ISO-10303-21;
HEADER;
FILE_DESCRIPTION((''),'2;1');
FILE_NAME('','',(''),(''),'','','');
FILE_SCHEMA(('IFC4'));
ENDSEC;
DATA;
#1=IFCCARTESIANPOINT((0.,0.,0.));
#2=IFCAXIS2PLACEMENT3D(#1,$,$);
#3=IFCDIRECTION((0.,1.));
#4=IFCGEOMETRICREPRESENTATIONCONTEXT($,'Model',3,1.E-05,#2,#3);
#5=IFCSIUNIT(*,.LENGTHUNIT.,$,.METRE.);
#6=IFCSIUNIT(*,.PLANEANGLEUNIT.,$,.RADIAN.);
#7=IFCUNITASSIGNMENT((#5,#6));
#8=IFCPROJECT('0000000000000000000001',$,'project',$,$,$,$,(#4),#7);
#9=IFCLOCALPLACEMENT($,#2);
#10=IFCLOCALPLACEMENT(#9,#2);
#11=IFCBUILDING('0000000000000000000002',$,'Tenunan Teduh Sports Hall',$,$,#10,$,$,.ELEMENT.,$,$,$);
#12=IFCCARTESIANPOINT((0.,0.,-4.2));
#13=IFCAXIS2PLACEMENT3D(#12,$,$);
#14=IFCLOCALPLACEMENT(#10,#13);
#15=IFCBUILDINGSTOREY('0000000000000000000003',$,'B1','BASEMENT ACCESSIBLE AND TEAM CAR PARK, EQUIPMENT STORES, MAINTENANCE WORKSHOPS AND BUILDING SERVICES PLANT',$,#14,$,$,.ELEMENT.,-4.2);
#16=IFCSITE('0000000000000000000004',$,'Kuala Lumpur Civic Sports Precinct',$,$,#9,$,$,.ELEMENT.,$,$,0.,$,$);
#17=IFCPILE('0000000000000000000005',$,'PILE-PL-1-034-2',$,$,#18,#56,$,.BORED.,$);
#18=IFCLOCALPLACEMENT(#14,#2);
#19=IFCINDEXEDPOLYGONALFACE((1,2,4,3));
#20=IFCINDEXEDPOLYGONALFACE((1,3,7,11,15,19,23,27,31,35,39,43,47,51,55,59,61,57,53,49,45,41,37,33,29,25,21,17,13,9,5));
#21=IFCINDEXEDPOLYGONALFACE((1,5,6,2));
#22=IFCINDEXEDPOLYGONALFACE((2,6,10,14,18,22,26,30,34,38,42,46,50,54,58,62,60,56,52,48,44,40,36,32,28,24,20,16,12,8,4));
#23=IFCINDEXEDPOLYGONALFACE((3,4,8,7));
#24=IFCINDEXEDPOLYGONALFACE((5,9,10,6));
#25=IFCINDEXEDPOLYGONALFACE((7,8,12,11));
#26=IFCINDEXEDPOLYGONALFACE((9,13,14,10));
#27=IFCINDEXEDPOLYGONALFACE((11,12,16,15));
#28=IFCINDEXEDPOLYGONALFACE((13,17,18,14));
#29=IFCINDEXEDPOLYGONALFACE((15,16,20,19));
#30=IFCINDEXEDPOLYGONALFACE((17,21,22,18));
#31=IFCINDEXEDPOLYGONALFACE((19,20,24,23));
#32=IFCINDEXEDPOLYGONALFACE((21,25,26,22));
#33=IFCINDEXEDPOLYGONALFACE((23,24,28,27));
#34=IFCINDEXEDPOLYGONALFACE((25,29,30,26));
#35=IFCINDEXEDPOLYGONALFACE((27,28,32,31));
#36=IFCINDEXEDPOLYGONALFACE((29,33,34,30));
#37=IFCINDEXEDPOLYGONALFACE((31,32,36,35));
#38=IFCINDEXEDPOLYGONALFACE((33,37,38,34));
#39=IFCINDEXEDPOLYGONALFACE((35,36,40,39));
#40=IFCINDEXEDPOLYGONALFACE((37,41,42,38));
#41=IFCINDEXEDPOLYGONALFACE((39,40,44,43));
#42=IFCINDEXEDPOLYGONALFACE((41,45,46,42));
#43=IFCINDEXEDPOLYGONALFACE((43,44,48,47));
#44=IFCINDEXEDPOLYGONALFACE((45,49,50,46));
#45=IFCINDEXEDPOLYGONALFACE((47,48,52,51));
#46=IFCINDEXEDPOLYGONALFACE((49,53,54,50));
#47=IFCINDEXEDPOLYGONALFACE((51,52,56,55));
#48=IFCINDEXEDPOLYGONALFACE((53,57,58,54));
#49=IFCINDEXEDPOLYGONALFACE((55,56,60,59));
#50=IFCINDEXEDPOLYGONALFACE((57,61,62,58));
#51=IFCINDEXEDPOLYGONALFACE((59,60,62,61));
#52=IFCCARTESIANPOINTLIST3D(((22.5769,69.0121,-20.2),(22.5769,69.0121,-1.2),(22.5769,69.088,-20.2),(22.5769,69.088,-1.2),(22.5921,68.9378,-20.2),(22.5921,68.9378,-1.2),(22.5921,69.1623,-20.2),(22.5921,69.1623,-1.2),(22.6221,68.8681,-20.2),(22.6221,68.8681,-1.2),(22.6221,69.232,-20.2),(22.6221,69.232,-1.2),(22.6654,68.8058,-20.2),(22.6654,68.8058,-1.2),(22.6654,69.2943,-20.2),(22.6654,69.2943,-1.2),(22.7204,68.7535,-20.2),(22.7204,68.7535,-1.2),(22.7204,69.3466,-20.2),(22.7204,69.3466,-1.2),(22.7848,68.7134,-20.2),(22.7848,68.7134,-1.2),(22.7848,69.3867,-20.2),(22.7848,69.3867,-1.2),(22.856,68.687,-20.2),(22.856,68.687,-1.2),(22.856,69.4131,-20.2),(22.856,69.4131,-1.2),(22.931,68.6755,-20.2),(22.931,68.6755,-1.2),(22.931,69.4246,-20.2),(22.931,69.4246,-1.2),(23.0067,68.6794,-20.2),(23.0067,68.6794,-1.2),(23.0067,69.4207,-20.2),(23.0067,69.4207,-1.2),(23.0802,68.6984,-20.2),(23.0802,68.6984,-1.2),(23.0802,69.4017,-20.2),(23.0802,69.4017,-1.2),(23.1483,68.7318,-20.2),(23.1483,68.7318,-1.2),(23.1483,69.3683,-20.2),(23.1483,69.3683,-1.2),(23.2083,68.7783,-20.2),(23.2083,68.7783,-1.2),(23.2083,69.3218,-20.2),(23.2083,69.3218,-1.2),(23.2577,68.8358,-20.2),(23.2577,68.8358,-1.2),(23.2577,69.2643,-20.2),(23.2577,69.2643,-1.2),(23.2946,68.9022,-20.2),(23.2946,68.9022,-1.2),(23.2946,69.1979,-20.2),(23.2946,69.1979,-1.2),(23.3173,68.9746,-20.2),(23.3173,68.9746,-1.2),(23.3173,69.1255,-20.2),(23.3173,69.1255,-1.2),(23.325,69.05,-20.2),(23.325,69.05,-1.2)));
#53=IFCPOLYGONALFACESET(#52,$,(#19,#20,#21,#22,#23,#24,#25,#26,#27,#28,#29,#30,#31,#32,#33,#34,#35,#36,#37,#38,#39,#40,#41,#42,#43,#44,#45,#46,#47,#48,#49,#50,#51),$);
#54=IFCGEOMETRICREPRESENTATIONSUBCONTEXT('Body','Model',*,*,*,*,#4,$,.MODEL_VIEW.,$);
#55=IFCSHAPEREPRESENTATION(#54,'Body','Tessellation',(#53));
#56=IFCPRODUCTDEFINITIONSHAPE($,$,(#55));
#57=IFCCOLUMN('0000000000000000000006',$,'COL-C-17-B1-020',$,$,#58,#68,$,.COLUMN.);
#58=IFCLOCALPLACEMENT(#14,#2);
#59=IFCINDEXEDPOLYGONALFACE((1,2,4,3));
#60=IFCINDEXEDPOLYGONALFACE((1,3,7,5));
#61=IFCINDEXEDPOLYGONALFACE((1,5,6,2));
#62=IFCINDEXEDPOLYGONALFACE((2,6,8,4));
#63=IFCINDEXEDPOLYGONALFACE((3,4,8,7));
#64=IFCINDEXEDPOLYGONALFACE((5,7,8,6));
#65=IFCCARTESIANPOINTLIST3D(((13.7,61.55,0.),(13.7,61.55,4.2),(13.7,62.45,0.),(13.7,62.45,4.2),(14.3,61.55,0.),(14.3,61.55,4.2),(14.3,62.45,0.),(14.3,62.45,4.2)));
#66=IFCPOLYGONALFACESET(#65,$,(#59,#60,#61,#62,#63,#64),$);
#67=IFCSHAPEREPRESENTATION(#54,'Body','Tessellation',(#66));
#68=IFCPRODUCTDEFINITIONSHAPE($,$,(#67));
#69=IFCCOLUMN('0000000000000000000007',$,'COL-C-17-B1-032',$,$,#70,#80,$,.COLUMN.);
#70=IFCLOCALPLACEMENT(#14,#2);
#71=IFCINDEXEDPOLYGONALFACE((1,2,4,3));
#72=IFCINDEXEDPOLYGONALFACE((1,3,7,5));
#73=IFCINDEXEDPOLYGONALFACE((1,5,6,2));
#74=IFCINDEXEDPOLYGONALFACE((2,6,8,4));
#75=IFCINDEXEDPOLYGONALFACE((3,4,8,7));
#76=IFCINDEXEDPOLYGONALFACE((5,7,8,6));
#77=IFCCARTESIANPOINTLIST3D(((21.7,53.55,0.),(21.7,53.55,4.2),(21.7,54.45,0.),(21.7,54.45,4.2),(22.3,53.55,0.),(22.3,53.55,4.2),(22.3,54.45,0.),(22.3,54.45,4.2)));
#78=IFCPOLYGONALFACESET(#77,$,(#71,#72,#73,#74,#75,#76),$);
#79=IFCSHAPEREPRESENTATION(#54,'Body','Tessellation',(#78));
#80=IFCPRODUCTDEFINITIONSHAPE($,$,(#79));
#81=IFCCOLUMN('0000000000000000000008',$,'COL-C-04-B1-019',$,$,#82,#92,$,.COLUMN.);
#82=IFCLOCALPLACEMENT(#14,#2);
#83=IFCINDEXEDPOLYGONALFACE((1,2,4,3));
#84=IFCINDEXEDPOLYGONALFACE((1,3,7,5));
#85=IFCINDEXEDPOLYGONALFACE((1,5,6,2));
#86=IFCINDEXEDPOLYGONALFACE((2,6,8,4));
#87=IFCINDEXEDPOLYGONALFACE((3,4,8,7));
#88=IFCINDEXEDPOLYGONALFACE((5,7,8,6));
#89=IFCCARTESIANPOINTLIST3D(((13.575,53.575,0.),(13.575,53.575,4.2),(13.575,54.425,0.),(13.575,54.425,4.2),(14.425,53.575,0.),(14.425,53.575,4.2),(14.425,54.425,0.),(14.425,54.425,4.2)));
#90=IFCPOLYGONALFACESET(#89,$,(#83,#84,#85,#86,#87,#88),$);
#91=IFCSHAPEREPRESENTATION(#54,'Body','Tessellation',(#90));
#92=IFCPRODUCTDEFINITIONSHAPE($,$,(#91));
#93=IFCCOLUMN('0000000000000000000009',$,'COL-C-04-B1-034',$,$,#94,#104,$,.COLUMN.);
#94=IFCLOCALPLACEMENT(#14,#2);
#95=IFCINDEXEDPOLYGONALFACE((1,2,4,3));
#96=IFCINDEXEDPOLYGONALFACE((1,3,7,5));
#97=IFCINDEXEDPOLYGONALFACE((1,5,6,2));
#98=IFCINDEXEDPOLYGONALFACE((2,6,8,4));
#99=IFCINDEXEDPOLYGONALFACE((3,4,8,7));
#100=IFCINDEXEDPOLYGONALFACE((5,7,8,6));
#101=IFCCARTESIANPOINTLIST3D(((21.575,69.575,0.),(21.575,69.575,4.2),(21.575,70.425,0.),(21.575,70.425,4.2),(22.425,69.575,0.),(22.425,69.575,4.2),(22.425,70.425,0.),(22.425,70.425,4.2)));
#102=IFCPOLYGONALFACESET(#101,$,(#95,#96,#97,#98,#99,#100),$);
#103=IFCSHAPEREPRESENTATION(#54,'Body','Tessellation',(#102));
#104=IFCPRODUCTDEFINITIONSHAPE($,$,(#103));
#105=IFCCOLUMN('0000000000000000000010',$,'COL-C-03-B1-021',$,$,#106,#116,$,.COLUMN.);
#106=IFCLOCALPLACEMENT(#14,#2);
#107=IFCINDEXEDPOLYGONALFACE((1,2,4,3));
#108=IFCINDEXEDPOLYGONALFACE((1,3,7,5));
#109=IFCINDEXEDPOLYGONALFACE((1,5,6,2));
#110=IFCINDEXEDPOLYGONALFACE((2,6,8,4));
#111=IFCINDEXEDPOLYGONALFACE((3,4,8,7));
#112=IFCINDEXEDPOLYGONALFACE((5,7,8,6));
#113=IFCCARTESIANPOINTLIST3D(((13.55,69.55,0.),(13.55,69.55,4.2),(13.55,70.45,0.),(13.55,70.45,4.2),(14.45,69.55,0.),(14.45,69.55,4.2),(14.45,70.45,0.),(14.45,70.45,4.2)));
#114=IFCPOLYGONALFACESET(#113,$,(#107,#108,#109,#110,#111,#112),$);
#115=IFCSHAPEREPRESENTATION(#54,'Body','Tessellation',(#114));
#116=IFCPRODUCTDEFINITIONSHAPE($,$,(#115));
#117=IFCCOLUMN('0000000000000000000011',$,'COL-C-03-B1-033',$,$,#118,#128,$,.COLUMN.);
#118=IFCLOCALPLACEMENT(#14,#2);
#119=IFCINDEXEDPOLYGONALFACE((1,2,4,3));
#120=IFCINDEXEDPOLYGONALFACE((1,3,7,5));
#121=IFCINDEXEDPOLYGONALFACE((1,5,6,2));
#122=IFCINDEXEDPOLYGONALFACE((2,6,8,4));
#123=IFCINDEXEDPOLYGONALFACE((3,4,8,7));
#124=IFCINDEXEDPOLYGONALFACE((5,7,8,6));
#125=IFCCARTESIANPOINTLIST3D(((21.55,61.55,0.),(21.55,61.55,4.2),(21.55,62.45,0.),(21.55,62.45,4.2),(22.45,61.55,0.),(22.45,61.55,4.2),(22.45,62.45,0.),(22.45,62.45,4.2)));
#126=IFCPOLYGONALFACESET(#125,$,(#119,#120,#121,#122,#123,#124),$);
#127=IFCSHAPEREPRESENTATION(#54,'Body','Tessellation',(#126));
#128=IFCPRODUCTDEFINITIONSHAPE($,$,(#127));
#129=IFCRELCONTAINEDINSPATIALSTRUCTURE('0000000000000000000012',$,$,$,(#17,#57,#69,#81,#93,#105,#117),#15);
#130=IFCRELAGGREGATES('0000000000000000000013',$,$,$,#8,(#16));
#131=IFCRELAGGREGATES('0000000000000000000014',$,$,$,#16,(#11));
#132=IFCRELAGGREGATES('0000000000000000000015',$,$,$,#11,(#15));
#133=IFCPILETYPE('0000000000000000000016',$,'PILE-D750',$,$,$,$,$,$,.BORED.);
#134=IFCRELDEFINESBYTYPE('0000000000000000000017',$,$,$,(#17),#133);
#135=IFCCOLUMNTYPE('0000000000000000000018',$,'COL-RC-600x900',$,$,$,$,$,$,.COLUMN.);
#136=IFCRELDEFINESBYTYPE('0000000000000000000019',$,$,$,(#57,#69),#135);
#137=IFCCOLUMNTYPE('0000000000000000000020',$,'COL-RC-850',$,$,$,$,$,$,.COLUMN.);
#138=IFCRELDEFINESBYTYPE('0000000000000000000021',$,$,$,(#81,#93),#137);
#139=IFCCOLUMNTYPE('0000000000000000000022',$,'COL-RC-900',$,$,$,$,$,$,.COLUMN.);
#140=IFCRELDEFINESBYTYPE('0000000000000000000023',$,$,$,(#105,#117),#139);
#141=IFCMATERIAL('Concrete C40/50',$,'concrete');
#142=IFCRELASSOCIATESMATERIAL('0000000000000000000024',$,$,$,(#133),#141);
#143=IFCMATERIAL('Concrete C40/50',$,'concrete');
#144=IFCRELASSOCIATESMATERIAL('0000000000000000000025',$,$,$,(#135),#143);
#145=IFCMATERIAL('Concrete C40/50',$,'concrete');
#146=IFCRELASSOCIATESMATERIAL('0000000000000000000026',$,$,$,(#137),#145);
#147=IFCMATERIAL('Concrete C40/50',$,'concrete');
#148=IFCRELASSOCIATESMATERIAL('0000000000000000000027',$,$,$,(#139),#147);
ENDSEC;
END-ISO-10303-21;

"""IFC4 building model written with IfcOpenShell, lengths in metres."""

from ifc_helpers import new_model, si_unit, direction, frame, origin, origin_2d, place, context, subcontext, project, spatial, rectangle, circle, extrude, material, material_profile, profile_set, type_object, element, save


model = new_model("IFC4")

# Units and contexts
model_context = context("Model", 3, precision=1e-05, world=origin(), true_north=direction((0.0, 1.0)))
body_context = subcontext(model_context, "Body", "Model", "MODEL_VIEW")
ifc_project = project(units=[si_unit("LENGTHUNIT", "METRE"), si_unit("PLANEANGLEUNIT", "RADIAN")], contexts=[model_context])

# Site, building, storey
site_placement = place(None, origin())
site = spatial("IfcSite", under=ifc_project, at=site_placement, Name="Kuala Lumpur Civic Sports Precinct", CompositionType="ELEMENT", RefElevation=0.0)
building_placement = place(site_placement, origin())
building = spatial("IfcBuilding", under=site, at=building_placement, Name="Tenunan Teduh Sports Hall", CompositionType="ELEMENT")
storey_placement = place(building_placement, frame((0.0, 0.0, -4.2)))
storey = spatial("IfcBuildingStorey", under=building, at=storey_placement, Name="B1", Description="BASEMENT ACCESSIBLE AND TEAM CAR PARK, EQUIPMENT STORES, MAINTENANCE WORKSHOPS AND BUILDING SERVICES PLANT", CompositionType="ELEMENT", Elevation=-4.2)

# Pile
ifc_material_1 = material(Name="Concrete C40/50", Category="concrete")
ifc_material_profile_1 = material_profile(ifc_material_1, circle(Radius=0.375, at=origin_2d()), Name="PILE D750")
ifc_profile_set_1 = profile_set([ifc_material_profile_1], Name="Concrete C40/50")
pile_type = type_object("IfcPileType", Name="PILE-D750", PredefinedType="BORED", material=ifc_profile_set_1)
for number, where, z_axis, x_axis, name in (
    (1, (22.95, 69.05, -1.2), (0.0, 0.0, -1.0), (1.0, 0.0, 0.0), "PILE-PL-1-034-2"),
):
    element("IfcPile", number, at=place(storey_placement, frame(where, z_axis=z_axis, x_axis=x_axis)), inside=storey, type_object=pile_type, Name=name, PredefinedType="BORED", context=body_context, shape_type="SweptSolid", body=[
        extrude(circle(Radius=0.375, at=origin_2d()), origin(), (0.0, 0.0, 1.0), 19.0),
    ])

# Columns
ifc_material_2 = material(Name="Concrete C40/50", Category="concrete")
ifc_material_profile_2 = material_profile(ifc_material_2, rectangle(XDim=0.6001, YDim=0.8999, at=origin_2d()), Name="RC 600x900")
ifc_profile_set_2 = profile_set([ifc_material_profile_2], Name="Concrete C40/50")
column_type_1 = type_object("IfcColumnType", Name="COL-RC-600x900", PredefinedType="COLUMN", material=ifc_profile_set_2)
for number, where, z_axis, x_axis, name in (
    (2, (14.0, 62.0, 0.0), (0.0, 0.0, 1.0), (1.0, 0.0, 0.0), "COL-C-17-B1-020"),
    (3, (22.0, 54.0, 0.0), (0.0, 0.0, 1.0), (1.0, 0.0, 0.0), "COL-C-17-B1-032"),
):
    element("IfcColumn", number, at=place(storey_placement, frame(where, z_axis=z_axis, x_axis=x_axis)), inside=storey, type_object=column_type_1, Name=name, PredefinedType="COLUMN", context=body_context, shape_type="SweptSolid", body=[
        extrude(rectangle(XDim=0.6001, YDim=0.8999, at=origin_2d()), origin(), (0.0, 0.0, 1.0), 4.2),
    ])
ifc_material_3 = material(Name="Concrete C40/50", Category="concrete")
ifc_material_profile_3 = material_profile(ifc_material_3, rectangle(XDim=0.8501, YDim=0.8501, at=origin_2d()), Name="RC 850x850")
ifc_profile_set_3 = profile_set([ifc_material_profile_3], Name="Concrete C40/50")
column_type_2 = type_object("IfcColumnType", Name="COL-RC-850", PredefinedType="COLUMN", material=ifc_profile_set_3)
for number, where, z_axis, x_axis, name in (
    (4, (14.0, 54.0, 0.0), (0.0, 0.0, 1.0), (1.0, 0.0, 0.0), "COL-C-04-B1-019"),
    (5, (22.0, 70.0, 0.0), (0.0, 0.0, 1.0), (1.0, 0.0, 0.0), "COL-C-04-B1-034"),
):
    element("IfcColumn", number, at=place(storey_placement, frame(where, z_axis=z_axis, x_axis=x_axis)), inside=storey, type_object=column_type_2, Name=name, PredefinedType="COLUMN", context=body_context, shape_type="SweptSolid", body=[
        extrude(rectangle(XDim=0.8501, YDim=0.8501, at=origin_2d()), origin(), (0.0, 0.0, 1.0), 4.2),
    ])
ifc_material_4 = material(Name="Concrete C40/50", Category="concrete")
ifc_material_profile_4 = material_profile(ifc_material_4, rectangle(XDim=0.8999, YDim=0.8999, at=origin_2d()), Name="RC 900x900")
ifc_profile_set_4 = profile_set([ifc_material_profile_4], Name="Concrete C40/50")
column_type_3 = type_object("IfcColumnType", Name="COL-RC-900", PredefinedType="COLUMN", material=ifc_profile_set_4)
for number, where, z_axis, x_axis, name in (
    (6, (14.0, 70.0, 0.0), (0.0, 0.0, 1.0), (1.0, 0.0, 0.0), "COL-C-03-B1-021"),
    (7, (22.0, 62.0, 0.0), (0.0, 0.0, 1.0), (1.0, 0.0, 0.0), "COL-C-03-B1-033"),
):
    element("IfcColumn", number, at=place(storey_placement, frame(where, z_axis=z_axis, x_axis=x_axis)), inside=storey, type_object=column_type_3, Name=name, PredefinedType="COLUMN", context=body_context, shape_type="SweptSolid", body=[
        extrude(rectangle(XDim=0.8999, YDim=0.8999, at=origin_2d()), origin(), (0.0, 0.0, 1.0), 4.2),
    ])

save(model, "model.ifc")
